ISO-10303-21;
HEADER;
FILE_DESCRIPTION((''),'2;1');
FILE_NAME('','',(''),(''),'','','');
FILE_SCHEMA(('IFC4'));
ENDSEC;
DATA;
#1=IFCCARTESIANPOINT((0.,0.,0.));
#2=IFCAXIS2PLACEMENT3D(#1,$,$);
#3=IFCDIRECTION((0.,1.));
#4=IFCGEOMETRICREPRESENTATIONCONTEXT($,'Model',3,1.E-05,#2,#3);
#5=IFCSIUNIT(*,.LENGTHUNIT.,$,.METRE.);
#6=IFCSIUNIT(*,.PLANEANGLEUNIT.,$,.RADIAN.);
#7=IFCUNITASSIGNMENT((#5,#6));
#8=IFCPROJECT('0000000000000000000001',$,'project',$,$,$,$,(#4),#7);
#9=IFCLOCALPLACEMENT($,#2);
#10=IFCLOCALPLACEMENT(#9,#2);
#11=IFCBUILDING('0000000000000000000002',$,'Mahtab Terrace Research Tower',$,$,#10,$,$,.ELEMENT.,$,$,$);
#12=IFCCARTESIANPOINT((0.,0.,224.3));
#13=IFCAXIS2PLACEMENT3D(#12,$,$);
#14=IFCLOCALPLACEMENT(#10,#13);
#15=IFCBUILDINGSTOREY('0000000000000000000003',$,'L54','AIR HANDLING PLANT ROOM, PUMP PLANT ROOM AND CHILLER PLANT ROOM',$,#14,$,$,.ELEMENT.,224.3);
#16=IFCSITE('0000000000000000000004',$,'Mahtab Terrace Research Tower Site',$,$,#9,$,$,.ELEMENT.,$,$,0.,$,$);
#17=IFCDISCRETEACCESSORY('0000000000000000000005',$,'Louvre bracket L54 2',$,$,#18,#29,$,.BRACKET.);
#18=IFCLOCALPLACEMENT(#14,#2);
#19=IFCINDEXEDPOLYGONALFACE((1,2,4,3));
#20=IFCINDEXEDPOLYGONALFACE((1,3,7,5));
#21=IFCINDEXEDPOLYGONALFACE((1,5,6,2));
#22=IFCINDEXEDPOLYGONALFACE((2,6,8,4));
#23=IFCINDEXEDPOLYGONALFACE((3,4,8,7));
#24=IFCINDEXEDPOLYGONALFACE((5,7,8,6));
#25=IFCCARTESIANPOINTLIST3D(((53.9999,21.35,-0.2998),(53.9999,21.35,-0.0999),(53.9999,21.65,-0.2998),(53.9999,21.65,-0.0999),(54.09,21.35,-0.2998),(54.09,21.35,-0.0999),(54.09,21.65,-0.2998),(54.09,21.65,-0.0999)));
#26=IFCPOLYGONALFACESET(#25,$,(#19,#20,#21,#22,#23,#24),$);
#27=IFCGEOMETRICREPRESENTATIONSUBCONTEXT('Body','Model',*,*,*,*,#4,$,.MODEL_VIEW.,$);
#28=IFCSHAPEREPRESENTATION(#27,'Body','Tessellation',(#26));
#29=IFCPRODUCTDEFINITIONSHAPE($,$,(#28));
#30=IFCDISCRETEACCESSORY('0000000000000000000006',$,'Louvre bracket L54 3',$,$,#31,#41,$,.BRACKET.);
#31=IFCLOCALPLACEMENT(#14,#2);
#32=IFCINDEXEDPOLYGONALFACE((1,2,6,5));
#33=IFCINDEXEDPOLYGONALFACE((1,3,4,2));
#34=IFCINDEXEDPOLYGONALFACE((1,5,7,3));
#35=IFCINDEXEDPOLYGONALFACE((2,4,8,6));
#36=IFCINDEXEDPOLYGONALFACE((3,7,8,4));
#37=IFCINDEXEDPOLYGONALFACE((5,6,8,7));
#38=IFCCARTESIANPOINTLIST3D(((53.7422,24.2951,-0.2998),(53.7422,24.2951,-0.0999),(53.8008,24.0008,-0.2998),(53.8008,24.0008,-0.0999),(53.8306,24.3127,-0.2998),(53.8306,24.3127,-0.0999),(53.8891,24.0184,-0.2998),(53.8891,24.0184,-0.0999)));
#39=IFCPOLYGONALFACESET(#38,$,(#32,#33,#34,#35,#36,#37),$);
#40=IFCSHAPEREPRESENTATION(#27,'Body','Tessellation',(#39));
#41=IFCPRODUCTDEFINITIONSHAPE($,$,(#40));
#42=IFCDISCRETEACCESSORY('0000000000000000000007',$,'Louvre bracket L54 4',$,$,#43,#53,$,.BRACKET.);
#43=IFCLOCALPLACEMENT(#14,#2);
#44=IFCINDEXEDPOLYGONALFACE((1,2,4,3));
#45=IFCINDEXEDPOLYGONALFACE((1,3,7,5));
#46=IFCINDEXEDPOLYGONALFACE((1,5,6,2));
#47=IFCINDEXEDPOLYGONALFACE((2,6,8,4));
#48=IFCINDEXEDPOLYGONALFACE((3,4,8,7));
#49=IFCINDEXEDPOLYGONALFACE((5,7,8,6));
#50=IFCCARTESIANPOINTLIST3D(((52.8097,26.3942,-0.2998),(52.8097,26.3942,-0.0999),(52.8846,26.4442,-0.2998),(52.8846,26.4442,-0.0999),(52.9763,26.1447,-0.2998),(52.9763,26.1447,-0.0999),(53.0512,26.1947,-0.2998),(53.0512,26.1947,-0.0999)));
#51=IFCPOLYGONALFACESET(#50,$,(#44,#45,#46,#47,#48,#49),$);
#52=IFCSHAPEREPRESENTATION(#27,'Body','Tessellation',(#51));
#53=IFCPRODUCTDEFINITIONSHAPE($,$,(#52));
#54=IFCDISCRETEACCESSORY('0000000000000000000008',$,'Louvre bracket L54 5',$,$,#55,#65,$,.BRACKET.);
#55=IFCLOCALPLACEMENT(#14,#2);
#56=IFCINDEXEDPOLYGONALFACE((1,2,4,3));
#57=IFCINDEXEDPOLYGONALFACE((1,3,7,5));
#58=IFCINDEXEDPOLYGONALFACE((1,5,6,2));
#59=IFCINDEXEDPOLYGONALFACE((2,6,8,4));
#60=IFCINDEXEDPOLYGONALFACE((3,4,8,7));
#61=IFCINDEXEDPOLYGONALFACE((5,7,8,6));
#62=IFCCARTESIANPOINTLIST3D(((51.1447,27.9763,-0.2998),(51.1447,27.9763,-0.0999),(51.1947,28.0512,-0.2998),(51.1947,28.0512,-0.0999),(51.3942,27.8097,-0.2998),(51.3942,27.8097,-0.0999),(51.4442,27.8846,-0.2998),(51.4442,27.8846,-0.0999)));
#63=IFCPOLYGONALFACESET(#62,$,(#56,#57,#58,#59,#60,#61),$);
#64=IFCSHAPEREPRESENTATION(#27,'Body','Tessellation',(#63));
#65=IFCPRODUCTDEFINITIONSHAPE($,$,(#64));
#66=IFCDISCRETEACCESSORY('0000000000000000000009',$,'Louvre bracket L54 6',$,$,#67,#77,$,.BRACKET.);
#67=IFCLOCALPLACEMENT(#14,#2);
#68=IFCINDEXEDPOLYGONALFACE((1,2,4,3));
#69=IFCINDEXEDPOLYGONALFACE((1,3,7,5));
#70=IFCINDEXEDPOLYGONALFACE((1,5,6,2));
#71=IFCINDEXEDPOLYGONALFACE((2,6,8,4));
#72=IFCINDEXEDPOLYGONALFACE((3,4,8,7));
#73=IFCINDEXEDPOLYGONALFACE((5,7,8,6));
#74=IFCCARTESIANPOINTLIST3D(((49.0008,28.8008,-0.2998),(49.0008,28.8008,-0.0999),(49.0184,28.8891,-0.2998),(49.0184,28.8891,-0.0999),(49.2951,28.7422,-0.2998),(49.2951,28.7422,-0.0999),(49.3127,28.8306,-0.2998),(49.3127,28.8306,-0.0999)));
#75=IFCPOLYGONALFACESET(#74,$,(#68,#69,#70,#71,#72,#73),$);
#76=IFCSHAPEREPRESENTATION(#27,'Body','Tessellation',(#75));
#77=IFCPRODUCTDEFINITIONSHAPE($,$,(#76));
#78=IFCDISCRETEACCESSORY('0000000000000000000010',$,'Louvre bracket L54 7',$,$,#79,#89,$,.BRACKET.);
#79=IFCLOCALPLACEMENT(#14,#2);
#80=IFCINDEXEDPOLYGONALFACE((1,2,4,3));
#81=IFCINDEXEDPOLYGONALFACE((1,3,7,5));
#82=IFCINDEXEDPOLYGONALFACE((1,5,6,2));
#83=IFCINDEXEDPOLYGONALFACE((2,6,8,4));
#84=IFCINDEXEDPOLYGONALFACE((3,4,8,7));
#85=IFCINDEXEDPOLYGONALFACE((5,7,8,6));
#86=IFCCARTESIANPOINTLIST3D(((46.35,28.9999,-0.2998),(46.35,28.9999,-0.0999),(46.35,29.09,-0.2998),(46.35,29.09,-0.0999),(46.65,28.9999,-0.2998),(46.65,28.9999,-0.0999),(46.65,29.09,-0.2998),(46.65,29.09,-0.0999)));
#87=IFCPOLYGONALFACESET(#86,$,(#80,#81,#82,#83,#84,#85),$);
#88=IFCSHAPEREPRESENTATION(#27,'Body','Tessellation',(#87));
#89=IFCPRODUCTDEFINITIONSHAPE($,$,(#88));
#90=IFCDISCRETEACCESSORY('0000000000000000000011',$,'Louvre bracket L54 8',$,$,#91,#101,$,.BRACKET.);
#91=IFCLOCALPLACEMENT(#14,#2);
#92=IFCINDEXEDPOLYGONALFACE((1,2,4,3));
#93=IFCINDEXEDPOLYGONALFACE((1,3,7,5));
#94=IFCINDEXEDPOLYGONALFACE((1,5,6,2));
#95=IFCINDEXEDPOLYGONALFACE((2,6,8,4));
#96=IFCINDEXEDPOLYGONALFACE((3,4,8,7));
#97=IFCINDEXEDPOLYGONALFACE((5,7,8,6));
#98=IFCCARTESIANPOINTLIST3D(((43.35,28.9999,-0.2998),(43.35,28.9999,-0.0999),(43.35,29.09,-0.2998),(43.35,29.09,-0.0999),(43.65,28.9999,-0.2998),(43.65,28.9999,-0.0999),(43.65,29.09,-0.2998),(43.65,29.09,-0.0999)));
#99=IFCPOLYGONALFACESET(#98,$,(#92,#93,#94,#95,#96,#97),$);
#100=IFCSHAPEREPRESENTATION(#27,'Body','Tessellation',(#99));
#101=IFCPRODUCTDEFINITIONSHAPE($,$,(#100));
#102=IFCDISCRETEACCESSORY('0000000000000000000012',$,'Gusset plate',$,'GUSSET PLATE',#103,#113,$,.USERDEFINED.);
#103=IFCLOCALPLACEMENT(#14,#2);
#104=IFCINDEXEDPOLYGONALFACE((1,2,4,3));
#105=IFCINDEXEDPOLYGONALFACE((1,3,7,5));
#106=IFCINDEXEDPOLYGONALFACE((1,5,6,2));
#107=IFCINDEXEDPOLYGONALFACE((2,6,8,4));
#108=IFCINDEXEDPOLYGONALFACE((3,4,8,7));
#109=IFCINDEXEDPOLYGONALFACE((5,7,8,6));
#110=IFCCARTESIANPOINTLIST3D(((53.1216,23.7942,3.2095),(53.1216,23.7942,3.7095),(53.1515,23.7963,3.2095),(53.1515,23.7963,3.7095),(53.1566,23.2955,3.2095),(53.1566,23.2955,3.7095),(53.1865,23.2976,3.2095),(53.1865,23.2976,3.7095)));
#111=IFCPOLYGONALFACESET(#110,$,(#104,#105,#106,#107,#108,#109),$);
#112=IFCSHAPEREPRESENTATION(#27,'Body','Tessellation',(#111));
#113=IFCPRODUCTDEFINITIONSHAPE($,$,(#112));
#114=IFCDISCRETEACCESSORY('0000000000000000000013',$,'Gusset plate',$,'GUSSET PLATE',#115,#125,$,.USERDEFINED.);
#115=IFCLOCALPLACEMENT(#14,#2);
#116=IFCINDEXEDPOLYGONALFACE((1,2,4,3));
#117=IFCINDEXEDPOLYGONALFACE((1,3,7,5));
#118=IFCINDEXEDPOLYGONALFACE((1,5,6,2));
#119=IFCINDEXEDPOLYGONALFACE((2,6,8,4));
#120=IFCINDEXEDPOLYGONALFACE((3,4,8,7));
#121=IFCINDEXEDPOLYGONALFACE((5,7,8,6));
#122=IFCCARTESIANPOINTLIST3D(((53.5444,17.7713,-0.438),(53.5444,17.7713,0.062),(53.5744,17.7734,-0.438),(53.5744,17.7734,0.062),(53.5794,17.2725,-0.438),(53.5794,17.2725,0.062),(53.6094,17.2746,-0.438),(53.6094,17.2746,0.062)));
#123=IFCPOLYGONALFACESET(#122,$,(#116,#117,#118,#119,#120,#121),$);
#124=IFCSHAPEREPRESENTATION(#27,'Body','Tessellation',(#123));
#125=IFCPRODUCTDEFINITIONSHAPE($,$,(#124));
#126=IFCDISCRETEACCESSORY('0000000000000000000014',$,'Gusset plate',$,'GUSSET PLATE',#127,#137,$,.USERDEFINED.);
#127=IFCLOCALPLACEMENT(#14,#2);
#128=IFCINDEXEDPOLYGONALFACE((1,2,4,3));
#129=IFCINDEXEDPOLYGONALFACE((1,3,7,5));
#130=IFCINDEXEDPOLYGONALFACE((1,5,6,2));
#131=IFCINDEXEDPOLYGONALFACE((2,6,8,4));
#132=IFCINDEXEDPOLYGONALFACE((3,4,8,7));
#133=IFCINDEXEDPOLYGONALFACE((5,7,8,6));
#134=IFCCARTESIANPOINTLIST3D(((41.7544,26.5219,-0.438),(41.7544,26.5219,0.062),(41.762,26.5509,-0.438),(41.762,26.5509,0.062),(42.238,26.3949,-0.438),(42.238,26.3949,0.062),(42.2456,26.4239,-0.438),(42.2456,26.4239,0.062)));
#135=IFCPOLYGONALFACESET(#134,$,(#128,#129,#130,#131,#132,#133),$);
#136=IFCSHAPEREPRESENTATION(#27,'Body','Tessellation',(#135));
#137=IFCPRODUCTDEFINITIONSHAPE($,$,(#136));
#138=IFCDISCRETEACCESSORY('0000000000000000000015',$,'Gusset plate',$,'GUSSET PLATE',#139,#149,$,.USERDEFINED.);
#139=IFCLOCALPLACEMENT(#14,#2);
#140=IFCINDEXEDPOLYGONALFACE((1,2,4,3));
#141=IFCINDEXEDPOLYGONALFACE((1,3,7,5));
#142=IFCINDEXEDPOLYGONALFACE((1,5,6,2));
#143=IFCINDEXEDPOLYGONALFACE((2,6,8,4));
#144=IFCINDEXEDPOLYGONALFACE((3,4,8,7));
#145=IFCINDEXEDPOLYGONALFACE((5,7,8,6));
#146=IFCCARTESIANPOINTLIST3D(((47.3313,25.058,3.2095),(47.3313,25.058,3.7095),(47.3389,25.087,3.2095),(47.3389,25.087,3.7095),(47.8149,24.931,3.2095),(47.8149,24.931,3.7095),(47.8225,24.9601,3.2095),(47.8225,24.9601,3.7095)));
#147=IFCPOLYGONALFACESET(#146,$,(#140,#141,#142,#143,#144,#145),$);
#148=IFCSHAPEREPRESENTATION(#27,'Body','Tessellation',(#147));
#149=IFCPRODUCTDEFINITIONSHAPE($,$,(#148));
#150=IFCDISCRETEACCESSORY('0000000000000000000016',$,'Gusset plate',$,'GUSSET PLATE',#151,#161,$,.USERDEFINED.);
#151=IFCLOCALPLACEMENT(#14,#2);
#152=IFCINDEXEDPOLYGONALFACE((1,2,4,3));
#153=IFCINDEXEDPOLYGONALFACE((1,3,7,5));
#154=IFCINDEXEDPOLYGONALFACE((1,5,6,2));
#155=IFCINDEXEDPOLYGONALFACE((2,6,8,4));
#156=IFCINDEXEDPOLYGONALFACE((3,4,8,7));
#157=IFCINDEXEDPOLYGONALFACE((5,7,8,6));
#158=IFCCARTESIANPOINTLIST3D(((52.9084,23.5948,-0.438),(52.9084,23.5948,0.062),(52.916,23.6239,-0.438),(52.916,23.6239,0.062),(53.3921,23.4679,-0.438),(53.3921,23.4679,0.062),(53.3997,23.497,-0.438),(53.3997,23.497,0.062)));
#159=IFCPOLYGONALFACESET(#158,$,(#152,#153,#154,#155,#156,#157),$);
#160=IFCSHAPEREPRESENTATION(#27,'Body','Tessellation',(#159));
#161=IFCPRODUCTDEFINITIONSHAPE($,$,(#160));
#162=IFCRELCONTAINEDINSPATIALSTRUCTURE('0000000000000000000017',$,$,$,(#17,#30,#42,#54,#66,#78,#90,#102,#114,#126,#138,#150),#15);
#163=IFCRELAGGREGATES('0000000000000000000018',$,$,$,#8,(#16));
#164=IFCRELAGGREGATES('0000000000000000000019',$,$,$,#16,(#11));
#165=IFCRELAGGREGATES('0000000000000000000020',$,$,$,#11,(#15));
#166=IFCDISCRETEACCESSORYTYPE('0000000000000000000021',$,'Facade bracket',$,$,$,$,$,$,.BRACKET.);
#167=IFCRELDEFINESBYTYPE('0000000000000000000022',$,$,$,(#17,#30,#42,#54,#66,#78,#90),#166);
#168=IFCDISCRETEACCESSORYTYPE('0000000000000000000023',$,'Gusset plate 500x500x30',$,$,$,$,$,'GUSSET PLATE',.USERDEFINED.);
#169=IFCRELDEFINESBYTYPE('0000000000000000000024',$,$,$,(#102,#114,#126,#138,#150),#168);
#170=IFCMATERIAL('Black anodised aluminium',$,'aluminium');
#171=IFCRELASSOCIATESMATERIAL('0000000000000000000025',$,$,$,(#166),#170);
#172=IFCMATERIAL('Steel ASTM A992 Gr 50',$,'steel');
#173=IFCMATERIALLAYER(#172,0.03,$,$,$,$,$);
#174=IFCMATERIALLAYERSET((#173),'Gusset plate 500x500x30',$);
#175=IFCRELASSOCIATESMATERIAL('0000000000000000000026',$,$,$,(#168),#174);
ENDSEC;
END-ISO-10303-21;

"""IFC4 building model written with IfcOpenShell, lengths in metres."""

from ifc_helpers import new_model, si_unit, direction, frame, origin, origin_2d, place, context, subcontext, project, spatial, rectangle, extrude, material, layer, layer_set, type_object, element, save


model = new_model("IFC4")

# Units and contexts
model_context = context("Model", 3, precision=1e-05, world=origin(), true_north=direction((0.0, 1.0)))
body_context = subcontext(model_context, "Body", "Model", "MODEL_VIEW")
ifc_project = project(units=[si_unit("LENGTHUNIT", "METRE"), si_unit("PLANEANGLEUNIT", "RADIAN")], contexts=[model_context])

# Site, building, storey
site_placement = place(None, origin())
site = spatial("IfcSite", under=ifc_project, at=site_placement, Name="Mahtab Terrace Research Tower Site", CompositionType="ELEMENT", RefElevation=0.0)
building_placement = place(site_placement, origin())
building = spatial("IfcBuilding", under=site, at=building_placement, Name="Mahtab Terrace Research Tower", CompositionType="ELEMENT")
storey_placement = place(building_placement, frame((0.0, 0.0, 224.3)))
storey = spatial("IfcBuildingStorey", under=building, at=storey_placement, Name="L54", Description="AIR HANDLING PLANT ROOM, PUMP PLANT ROOM AND CHILLER PLANT ROOM", CompositionType="ELEMENT", Elevation=224.3)

# Shared definitions
ifc_material_1 = material(Name="Steel ASTM A992 Gr 50", Category="steel")

# Discrete accessories
ifc_material_2 = material(Name="Black anodised aluminium", Category="aluminium")
discrete_accessory_type_1 = type_object("IfcDiscreteAccessoryType", Name="Facade bracket", PredefinedType="BRACKET", material=ifc_material_2)
for number, where, z_axis, x_axis, name in (
    (1, (54.0449, 21.5, -0.2998), (0.0, 0.0, 1.0), (0.0, 1.0, 0.0), "Louvre bracket L54 2"),
    (2, (53.8157, 24.1567, -0.2998), (0.0, 0.0, 1.0), (-0.195212, 0.980761, 0.0), "Louvre bracket L54 3"),
    (3, (52.9304, 26.2944, -0.2998), (0.0, 0.0, 1.0), (-0.555291, 0.831656, 0.0), "Louvre bracket L54 4"),
    (4, (51.2944, 27.9304, -0.2998), (0.0, 0.0, 1.0), (-0.831656, 0.555291, 0.0), "Louvre bracket L54 5"),
    (5, (49.1567, 28.8157, -0.2998), (0.0, 0.0, 1.0), (-0.980761, 0.195212, 0.0), "Louvre bracket L54 6"),
    (6, (46.5, 29.0449, -0.2998), (0.0, 0.0, 1.0), (-1.0, 0.0, 0.0), "Louvre bracket L54 7"),
    (7, (43.5, 29.0449, -0.2998), (0.0, 0.0, 1.0), (-1.0, 0.0, 0.0), "Louvre bracket L54 8"),
):
    element("IfcDiscreteAccessory", number, at=place(storey_placement, frame(where, z_axis=z_axis, x_axis=x_axis)), inside=storey, type_object=discrete_accessory_type_1, Name=name, PredefinedType="BRACKET", context=body_context, shape_type="SweptSolid", body=[
        extrude(rectangle(XDim=0.3, YDim=0.0901, at=origin_2d()), origin(), (0.0, 0.0, 1.0), 0.2),
    ])
ifc_layer_1 = layer(ifc_material_1, 0.03)
ifc_layer_set_1 = layer_set([ifc_layer_1], Name="Gusset plate 500x500x30")
discrete_accessory_type_2 = type_object("IfcDiscreteAccessoryType", Name="Gusset plate 500x500x30", ElementType="GUSSET PLATE", PredefinedType="USERDEFINED", material=ifc_layer_set_1)
for number, where, z_axis, x_axis, name in (
    (8, (53.1541, 23.5459, 3.2095), (0.0, 0.0, 1.0), (-0.070052, 0.997543, 0.0), "Gusset plate"),
    (9, (53.5769, 17.5229, -0.438), (0.0, 0.0, 1.0), (-0.070052, 0.997543, 0.0), "Gusset plate"),
    (10, (42.0, 26.4729, -0.438), (0.0, 0.0, 1.0), (-0.967228, 0.25391, 0.0), "Gusset plate"),
    (11, (47.5769, 25.009, 3.2095), (0.0, 0.0, 1.0), (-0.967228, 0.25391, 0.0), "Gusset plate"),
    (12, (53.1541, 23.5459, -0.438), (0.0, 0.0, 1.0), (-0.967272, 0.253741, 0.0), "Gusset plate"),
):
    element("IfcDiscreteAccessory", number, at=place(storey_placement, frame(where, z_axis=z_axis, x_axis=x_axis)), inside=storey, type_object=discrete_accessory_type_2, Name=name, ObjectType="GUSSET PLATE", PredefinedType="USERDEFINED", context=body_context, shape_type="SweptSolid", body=[
        extrude(rectangle(XDim=0.5, YDim=0.03, at=origin_2d()), origin(), (0.0, 0.0, 1.0), 0.5),
    ])

save(model, "model.ifc")
